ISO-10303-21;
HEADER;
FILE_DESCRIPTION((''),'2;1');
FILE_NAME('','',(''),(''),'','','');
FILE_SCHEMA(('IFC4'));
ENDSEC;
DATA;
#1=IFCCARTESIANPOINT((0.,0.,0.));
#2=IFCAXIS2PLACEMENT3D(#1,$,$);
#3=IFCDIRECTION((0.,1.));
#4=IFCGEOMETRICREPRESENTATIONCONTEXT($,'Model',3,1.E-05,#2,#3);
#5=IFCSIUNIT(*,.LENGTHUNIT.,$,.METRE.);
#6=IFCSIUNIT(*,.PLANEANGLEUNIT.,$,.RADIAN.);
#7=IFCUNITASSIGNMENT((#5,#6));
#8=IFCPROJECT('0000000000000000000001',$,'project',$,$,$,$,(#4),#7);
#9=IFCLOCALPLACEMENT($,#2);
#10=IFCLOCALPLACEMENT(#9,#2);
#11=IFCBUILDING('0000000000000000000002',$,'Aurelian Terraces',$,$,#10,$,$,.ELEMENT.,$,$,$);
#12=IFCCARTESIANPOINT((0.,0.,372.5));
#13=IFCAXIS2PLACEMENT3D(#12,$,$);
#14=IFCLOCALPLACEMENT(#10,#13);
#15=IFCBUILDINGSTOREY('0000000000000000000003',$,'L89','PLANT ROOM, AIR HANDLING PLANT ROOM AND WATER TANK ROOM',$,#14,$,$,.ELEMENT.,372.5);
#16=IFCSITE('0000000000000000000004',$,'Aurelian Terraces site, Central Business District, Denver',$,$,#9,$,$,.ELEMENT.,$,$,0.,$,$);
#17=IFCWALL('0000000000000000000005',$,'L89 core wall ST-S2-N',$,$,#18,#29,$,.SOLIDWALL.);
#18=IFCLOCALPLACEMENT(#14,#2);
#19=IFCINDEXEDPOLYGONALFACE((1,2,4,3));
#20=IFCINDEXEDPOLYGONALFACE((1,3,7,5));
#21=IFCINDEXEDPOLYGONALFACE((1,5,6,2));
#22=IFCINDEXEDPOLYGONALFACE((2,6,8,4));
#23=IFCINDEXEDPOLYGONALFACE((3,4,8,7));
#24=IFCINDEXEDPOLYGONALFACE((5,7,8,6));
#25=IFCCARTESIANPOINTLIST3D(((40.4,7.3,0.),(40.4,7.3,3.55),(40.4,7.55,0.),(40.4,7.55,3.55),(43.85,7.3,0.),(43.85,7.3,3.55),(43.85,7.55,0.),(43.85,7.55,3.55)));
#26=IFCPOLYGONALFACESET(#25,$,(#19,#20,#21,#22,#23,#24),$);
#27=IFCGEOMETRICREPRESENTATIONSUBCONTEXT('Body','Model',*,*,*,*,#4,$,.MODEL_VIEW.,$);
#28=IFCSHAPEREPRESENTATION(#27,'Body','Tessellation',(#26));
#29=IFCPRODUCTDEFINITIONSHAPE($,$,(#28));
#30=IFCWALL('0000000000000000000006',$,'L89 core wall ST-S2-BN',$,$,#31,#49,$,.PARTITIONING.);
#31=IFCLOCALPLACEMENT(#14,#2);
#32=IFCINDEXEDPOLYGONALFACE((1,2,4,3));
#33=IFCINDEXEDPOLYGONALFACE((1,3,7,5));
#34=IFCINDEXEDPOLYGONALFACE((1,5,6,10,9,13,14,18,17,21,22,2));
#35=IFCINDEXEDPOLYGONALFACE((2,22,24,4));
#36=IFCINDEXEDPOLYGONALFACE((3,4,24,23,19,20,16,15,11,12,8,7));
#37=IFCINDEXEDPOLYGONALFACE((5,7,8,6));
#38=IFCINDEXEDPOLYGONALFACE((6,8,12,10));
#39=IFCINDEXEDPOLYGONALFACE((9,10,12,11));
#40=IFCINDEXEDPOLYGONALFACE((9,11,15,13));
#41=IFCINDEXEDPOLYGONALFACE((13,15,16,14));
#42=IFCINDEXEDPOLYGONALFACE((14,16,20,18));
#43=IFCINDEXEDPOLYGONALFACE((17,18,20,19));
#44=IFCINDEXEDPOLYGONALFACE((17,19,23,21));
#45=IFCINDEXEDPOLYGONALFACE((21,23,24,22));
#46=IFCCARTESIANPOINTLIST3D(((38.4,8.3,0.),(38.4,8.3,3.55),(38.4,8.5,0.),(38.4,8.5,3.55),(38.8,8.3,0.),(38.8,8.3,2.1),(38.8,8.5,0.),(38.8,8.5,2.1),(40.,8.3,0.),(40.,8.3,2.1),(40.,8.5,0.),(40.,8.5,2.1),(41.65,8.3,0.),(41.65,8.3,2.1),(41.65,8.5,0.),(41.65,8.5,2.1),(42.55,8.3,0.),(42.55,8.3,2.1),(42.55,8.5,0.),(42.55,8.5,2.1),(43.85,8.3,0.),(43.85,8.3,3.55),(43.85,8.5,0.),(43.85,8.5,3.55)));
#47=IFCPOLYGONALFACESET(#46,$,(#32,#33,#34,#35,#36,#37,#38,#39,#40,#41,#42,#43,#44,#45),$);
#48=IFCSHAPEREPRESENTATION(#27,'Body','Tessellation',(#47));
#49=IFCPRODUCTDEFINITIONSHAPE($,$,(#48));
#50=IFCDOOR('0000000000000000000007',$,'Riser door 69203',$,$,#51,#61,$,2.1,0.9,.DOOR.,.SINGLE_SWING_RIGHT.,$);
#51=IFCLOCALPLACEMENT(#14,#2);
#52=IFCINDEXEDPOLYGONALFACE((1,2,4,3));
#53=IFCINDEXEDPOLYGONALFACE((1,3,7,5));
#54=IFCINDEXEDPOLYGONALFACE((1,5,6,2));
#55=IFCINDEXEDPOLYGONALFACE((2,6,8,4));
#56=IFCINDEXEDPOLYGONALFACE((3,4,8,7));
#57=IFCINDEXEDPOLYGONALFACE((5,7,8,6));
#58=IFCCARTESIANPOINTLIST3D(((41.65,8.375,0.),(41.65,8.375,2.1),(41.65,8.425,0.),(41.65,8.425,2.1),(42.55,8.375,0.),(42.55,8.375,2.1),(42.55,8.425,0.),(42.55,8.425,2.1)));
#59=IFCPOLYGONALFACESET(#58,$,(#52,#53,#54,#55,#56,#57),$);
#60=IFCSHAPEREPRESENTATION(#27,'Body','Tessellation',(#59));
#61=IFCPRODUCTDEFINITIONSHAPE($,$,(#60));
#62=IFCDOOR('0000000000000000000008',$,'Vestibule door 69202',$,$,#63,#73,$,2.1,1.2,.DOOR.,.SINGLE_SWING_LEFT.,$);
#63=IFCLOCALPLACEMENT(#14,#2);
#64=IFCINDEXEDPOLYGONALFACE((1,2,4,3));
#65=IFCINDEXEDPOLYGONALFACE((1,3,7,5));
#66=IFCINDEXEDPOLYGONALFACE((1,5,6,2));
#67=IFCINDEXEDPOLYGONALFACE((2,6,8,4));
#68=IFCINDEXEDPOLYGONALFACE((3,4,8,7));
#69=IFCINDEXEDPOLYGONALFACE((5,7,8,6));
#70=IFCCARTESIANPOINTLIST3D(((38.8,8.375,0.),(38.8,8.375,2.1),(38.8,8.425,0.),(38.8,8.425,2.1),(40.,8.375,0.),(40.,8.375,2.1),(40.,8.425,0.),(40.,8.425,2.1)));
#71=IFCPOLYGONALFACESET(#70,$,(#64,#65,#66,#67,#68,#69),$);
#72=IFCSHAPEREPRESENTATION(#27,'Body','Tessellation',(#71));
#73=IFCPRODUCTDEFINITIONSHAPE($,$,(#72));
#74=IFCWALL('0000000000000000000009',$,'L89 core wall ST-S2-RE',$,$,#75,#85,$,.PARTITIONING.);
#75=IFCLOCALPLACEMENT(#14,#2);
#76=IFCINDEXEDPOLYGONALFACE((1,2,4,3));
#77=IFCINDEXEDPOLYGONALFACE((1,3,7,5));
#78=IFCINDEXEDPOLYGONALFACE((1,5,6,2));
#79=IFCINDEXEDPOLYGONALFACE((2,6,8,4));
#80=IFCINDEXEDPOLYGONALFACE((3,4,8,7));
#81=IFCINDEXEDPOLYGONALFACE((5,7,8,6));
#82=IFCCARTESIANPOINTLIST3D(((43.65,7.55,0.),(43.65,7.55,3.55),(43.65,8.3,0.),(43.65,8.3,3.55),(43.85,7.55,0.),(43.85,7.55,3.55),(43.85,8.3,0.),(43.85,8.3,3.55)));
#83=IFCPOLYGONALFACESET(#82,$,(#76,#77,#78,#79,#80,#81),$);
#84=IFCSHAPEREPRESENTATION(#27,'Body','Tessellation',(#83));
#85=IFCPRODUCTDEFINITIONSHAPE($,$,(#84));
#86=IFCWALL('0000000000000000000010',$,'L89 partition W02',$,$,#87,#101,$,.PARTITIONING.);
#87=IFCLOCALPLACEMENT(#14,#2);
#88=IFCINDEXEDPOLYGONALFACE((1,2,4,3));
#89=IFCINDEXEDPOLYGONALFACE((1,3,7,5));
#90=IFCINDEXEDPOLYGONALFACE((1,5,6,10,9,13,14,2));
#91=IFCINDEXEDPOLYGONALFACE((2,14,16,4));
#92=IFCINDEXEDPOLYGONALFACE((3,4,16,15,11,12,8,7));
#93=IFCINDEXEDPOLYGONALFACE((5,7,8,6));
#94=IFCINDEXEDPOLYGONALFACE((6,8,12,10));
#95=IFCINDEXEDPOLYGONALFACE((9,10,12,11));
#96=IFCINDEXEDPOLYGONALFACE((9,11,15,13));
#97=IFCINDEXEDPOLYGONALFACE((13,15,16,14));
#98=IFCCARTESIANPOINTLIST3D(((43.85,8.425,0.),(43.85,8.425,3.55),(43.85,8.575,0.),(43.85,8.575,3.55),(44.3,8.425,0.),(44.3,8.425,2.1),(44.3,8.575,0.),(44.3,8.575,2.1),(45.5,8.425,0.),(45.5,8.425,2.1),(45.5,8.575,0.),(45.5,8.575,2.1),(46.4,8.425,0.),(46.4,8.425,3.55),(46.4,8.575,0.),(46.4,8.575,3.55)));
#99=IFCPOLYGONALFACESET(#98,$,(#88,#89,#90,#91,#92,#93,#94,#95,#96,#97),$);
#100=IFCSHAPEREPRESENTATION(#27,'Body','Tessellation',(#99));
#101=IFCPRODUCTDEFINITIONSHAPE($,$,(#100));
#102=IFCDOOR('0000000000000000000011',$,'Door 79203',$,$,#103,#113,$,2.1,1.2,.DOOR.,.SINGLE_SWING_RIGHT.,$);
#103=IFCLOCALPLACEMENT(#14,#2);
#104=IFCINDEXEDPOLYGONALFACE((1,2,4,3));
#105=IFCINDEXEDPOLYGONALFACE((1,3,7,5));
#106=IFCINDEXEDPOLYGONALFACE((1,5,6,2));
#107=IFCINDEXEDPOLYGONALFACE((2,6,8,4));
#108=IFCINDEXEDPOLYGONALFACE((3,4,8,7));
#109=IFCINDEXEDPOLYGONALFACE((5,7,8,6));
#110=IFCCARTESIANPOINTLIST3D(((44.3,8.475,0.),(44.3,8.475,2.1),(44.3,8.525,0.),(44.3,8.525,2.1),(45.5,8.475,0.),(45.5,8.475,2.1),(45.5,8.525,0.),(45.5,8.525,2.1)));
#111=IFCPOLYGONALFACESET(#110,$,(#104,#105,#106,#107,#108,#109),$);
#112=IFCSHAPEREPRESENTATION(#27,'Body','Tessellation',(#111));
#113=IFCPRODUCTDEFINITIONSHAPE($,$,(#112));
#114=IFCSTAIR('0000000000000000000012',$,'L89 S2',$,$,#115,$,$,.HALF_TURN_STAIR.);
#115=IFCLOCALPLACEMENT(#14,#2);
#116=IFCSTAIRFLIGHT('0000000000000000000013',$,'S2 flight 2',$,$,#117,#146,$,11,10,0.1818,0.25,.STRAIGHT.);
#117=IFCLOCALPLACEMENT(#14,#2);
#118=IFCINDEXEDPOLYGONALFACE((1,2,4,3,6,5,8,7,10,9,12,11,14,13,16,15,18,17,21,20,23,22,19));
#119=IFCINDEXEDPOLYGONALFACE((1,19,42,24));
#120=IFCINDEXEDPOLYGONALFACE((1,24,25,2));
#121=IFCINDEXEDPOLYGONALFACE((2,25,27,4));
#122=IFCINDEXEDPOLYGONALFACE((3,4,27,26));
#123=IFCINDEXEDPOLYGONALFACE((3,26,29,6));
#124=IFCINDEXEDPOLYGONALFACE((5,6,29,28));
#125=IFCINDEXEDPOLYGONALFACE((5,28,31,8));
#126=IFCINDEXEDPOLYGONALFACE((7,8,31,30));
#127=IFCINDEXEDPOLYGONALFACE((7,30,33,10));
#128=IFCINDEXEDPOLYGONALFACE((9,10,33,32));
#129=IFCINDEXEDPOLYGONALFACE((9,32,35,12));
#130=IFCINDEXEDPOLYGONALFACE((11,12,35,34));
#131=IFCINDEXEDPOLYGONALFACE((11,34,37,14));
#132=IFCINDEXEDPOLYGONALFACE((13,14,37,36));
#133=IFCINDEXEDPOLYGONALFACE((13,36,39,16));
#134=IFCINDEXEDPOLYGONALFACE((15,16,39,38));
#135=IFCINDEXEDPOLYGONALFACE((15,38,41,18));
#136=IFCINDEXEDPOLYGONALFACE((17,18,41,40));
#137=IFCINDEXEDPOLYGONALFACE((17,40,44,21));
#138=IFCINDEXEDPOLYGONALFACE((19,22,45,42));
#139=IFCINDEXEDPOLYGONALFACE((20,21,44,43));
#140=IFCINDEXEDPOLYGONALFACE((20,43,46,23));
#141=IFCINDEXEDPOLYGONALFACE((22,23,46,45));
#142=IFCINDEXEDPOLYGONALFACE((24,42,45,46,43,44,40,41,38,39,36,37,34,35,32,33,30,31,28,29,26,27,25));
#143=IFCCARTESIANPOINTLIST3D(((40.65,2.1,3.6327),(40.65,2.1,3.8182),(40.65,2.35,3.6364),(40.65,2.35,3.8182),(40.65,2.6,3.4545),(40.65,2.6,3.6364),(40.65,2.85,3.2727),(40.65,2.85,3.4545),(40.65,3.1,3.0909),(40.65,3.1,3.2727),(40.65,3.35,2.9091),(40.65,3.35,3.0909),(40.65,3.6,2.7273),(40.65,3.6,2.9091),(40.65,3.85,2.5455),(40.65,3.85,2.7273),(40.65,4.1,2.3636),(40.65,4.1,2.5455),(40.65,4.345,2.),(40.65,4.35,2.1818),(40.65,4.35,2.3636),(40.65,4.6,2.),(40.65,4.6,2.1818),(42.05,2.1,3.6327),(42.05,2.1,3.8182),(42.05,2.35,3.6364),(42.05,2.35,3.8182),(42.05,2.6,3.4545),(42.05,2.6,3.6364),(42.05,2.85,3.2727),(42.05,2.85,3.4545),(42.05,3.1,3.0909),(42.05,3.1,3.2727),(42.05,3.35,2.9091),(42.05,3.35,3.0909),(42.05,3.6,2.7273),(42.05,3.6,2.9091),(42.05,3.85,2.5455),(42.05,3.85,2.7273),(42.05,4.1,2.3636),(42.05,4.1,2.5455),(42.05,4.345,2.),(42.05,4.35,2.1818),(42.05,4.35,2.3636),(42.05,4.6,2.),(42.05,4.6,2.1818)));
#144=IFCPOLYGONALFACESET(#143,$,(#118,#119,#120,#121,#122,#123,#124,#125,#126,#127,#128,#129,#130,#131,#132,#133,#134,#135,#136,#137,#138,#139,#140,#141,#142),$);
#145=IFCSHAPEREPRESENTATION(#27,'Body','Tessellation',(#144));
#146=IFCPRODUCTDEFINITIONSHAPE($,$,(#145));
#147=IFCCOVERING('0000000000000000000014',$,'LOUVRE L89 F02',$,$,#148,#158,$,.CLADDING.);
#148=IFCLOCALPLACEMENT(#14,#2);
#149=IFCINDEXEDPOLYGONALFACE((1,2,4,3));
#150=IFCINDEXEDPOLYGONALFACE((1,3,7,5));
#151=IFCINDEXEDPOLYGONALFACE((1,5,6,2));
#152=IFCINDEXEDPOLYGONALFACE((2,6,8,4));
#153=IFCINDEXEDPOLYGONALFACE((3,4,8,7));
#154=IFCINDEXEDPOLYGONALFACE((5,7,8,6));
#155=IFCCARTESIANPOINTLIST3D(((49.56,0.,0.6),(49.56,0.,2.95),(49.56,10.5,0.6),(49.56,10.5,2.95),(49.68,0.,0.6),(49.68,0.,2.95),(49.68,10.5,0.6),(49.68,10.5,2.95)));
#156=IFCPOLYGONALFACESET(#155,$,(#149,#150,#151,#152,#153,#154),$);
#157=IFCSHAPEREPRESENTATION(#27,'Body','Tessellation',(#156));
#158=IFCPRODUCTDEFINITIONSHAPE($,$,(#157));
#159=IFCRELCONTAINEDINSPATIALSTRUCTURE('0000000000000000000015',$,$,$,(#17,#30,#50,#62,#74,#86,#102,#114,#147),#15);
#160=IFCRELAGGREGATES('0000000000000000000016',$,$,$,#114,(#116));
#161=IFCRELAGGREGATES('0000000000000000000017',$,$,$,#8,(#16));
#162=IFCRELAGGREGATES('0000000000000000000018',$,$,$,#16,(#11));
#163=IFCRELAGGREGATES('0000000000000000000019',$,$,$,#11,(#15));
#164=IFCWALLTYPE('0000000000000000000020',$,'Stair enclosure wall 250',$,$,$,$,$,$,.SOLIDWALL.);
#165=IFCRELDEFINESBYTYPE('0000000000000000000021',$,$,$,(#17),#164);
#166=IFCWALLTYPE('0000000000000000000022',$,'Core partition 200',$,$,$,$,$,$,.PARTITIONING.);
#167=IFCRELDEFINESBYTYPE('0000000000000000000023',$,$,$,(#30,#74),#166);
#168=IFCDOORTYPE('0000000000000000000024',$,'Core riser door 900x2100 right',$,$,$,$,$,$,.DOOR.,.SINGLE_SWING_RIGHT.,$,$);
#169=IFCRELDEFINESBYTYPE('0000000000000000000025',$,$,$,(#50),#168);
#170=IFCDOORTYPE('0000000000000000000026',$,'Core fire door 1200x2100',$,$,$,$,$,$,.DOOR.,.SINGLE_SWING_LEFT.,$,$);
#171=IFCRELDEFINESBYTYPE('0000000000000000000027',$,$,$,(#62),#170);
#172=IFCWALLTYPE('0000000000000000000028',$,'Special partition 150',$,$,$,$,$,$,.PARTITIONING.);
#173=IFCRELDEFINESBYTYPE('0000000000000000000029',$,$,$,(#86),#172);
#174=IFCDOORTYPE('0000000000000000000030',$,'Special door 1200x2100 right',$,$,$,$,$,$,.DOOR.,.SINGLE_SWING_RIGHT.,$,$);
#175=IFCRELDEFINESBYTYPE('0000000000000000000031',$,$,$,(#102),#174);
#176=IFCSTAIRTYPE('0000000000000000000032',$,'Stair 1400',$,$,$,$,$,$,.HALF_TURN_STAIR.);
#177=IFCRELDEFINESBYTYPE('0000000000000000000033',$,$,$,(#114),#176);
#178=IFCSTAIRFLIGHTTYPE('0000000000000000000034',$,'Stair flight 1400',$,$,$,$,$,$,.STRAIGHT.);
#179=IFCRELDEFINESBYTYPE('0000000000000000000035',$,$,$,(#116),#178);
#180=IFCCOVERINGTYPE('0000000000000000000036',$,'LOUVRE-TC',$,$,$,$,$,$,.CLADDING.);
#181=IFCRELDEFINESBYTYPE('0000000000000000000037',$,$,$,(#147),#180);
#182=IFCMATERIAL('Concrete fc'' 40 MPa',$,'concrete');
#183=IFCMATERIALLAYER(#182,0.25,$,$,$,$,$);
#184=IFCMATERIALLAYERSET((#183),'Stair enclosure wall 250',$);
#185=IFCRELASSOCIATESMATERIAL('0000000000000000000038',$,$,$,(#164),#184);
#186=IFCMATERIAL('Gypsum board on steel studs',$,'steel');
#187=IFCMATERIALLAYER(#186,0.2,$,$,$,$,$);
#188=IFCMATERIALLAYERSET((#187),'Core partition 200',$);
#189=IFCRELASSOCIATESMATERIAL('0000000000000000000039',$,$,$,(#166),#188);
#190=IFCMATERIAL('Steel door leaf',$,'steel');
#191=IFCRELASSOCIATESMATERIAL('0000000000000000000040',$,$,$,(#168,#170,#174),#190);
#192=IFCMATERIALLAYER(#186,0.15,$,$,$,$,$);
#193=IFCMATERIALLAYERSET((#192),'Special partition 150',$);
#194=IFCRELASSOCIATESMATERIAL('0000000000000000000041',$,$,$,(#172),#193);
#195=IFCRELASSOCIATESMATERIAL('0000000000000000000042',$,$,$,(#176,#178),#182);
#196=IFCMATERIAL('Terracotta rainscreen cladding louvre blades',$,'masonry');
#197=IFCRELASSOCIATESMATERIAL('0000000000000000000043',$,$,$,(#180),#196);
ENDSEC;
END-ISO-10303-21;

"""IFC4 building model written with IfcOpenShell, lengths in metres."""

from ifc_helpers import new_model, si_unit, direction, frame, frame_2d, origin, origin_2d, place, context, subcontext, project, spatial, polyline, rectangle, outline, extrude, source, transform, mapped, material, layer, layer_set, type_object, element, fill, aggregate, save


model = new_model("IFC4")

# Units and contexts
model_context = context("Model", 3, precision=1e-05, world=origin(), true_north=direction((0.0, 1.0)))
body_context = subcontext(model_context, "Body", "Model", "MODEL_VIEW")
ifc_project = project(units=[si_unit("LENGTHUNIT", "METRE"), si_unit("PLANEANGLEUNIT", "RADIAN")], contexts=[model_context])

# Site, building, storey
site_placement = place(None, origin())
site = spatial("IfcSite", under=ifc_project, at=site_placement, Name="Aurelian Terraces site, Central Business District, Denver", CompositionType="ELEMENT", RefElevation=0.0)
building_placement = place(site_placement, origin())
building = spatial("IfcBuilding", under=site, at=building_placement, Name="Aurelian Terraces", CompositionType="ELEMENT")
storey_placement = place(building_placement, frame((0.0, 0.0, 372.5)))
storey = spatial("IfcBuildingStorey", under=building, at=storey_placement, Name="L89", Description="PLANT ROOM, AIR HANDLING PLANT ROOM AND WATER TANK ROOM", CompositionType="ELEMENT", Elevation=372.5)

# Shared definitions
ifc_material_1 = material(Name="Concrete fc' 40 MPa", Category="concrete")

# Wall
ifc_layer_1 = layer(ifc_material_1, 0.25)
ifc_layer_set_1 = layer_set([ifc_layer_1], Name="Stair enclosure wall 250")
wall_type_1 = type_object("IfcWallType", Name="Stair enclosure wall 250", PredefinedType="SOLIDWALL", material=ifc_layer_set_1)
shared_shape_1 = source(origin(), body_context, "Body", "SweptSolid", [
    extrude(rectangle(XDim=3.45, YDim=0.25, at=frame_2d((1.725, 0.0))), origin(), (0.0, 0.0, 1.0), 3.55),
])
wall_1_placement = place(storey_placement, frame((40.4, 7.425, 0.0), z_axis=(0.0, 0.0, 1.0), x_axis=(1.0, 0.0, 0.0)))
element("IfcWall", 1, at=wall_1_placement, inside=storey, type_object=wall_type_1, Name="L89 core wall ST-S2-N", PredefinedType="SOLIDWALL", context=body_context, shape_type="MappedRepresentation", body=[
    mapped(shared_shape_1, transform((0.0, 0.0, 0.0), scale=1.0)),
])

# Wall, openings, doors
ifc_material_2 = material(Name="Gypsum board on steel studs", Category="steel")
ifc_layer_2 = layer(ifc_material_2, 0.2)
ifc_layer_set_2 = layer_set([ifc_layer_2], Name="Core partition 200")
wall_type_2 = type_object("IfcWallType", Name="Core partition 200", PredefinedType="PARTITIONING", material=ifc_layer_set_2)
shared_shape_2 = source(origin(), body_context, "Body", "SweptSolid", [
    extrude(rectangle(XDim=5.45, YDim=0.2, at=frame_2d((2.725, 0.0))), origin(), (0.0, 0.0, 1.0), 3.55),
])
wall_2_placement = place(storey_placement, frame((38.4, 8.4, 0.0), z_axis=(0.0, 0.0, 1.0), x_axis=(1.0, 0.0, 0.0)))
wall_2 = element("IfcWall", 2, at=wall_2_placement, inside=storey, type_object=wall_type_2, Name="L89 core wall ST-S2-BN", PredefinedType="PARTITIONING", context=body_context, shape_type="MappedRepresentation", body=[
    mapped(shared_shape_2, transform((0.0, 0.0, 0.0), scale=1.0)),
])
shared_shape_3 = source(origin(), body_context, "Body", "SweptSolid", [
    extrude(rectangle(XDim=1.2, YDim=2.1, at=frame_2d((0.6, 1.05))), frame((0.0, 0.11, 0.0), z_axis=(0.0, -1.0, 0.0), x_axis=(1.0, 0.0, 0.0)), (0.0, 0.0, 1.0), 0.22),
])
opening_1_placement = place(wall_2_placement, frame((0.4, 0.0, 0.0)))
opening_1 = element("IfcOpeningElement", 3, at=opening_1_placement, cuts=wall_2, PredefinedType="OPENING", context=body_context, shape_type="MappedRepresentation", body=[
    mapped(shared_shape_3, transform((0.0, 0.0, 0.0), scale=1.0)),
])
shared_shape_4 = source(origin(), body_context, "Body", "SweptSolid", [
    extrude(rectangle(XDim=0.9, YDim=2.1, at=frame_2d((0.45, 1.05))), frame((0.0, 0.11, 0.0), z_axis=(0.0, -1.0, 0.0), x_axis=(1.0, 0.0, 0.0)), (0.0, 0.0, 1.0), 0.22),
])
opening_2_placement = place(wall_2_placement, frame((3.25, 0.0, 0.0)))
opening_2 = element("IfcOpeningElement", 4, at=opening_2_placement, cuts=wall_2, PredefinedType="OPENING", context=body_context, shape_type="MappedRepresentation", body=[
    mapped(shared_shape_4, transform((0.0, 0.0, 0.0), scale=1.0)),
])
ifc_material_3 = material(Name="Steel door leaf", Category="steel")
door_type_1 = type_object("IfcDoorType", Name="Core riser door 900x2100 right", OperationType="SINGLE_SWING_RIGHT", PredefinedType="DOOR", material=ifc_material_3)
shared_shape_5 = source(origin(), body_context, "Body", "SweptSolid", [
    extrude(rectangle(XDim=0.9, YDim=2.1, at=frame_2d((0.45, 1.05))), frame((0.0, 0.025, 0.0), z_axis=(0.0, -1.0, 0.0), x_axis=(1.0, 0.0, 0.0)), (0.0, 0.0, 1.0), 0.05),
])
door_1_placement = place(opening_2_placement, origin())
door_1 = element("IfcDoor", 5, at=door_1_placement, inside=storey, type_object=door_type_1, Name="Riser door 69203", OperationType="SINGLE_SWING_RIGHT", OverallHeight=2.1, OverallWidth=0.9, PredefinedType="DOOR", context=body_context, shape_type="MappedRepresentation", body=[
    mapped(shared_shape_5, transform((0.0, 0.0, 0.0), scale=1.0)),
])
fill(opening_2, door_1)
door_type_2 = type_object("IfcDoorType", Name="Core fire door 1200x2100", OperationType="SINGLE_SWING_LEFT", PredefinedType="DOOR", material=ifc_material_3)
shared_shape_6 = source(origin(), body_context, "Body", "SweptSolid", [
    extrude(rectangle(XDim=1.2, YDim=2.1, at=frame_2d((0.6, 1.05))), frame((0.0, 0.025, 0.0), z_axis=(0.0, -1.0, 0.0), x_axis=(1.0, 0.0, 0.0)), (0.0, 0.0, 1.0), 0.05),
])
door_2_placement = place(opening_1_placement, origin())
door_2 = element("IfcDoor", 6, at=door_2_placement, inside=storey, type_object=door_type_2, Name="Vestibule door 69202", OperationType="SINGLE_SWING_LEFT", OverallHeight=2.1, OverallWidth=1.2, PredefinedType="DOOR", context=body_context, shape_type="MappedRepresentation", body=[
    mapped(shared_shape_6, transform((0.0, 0.0, 0.0), scale=1.0)),
])
fill(opening_1, door_2)

# Wall
shared_shape_7 = source(origin(), body_context, "Body", "SweptSolid", [
    extrude(rectangle(XDim=0.75, YDim=0.2, at=frame_2d((0.375, 0.0))), origin(), (0.0, 0.0, 1.0), 3.55),
])
wall_3_placement = place(storey_placement, frame((43.75, 7.55, 0.0), z_axis=(0.0, 0.0, 1.0), x_axis=(0.0, 1.0, 0.0)))
element("IfcWall", 7, at=wall_3_placement, inside=storey, type_object=wall_type_2, Name="L89 core wall ST-S2-RE", PredefinedType="PARTITIONING", context=body_context, shape_type="MappedRepresentation", body=[
    mapped(shared_shape_7, transform((0.0, 0.0, 0.0), scale=1.0)),
])

# Wall, opening, door
ifc_layer_3 = layer(ifc_material_2, 0.15)
ifc_layer_set_3 = layer_set([ifc_layer_3], Name="Special partition 150")
wall_type_3 = type_object("IfcWallType", Name="Special partition 150", PredefinedType="PARTITIONING", material=ifc_layer_set_3)
shared_shape_8 = source(origin(), body_context, "Body", "SweptSolid", [
    extrude(rectangle(XDim=2.55, YDim=0.15, at=frame_2d((1.275, 0.0))), origin(), (0.0, 0.0, 1.0), 3.55),
])
wall_4_placement = place(storey_placement, frame((43.85, 8.5, 0.0), z_axis=(0.0, 0.0, 1.0), x_axis=(1.0, 0.0, 0.0)))
wall_4 = element("IfcWall", 8, at=wall_4_placement, inside=storey, type_object=wall_type_3, Name="L89 partition W02", PredefinedType="PARTITIONING", context=body_context, shape_type="MappedRepresentation", body=[
    mapped(shared_shape_8, transform((0.0, 0.0, 0.0), scale=1.0)),
])
shared_shape_9 = source(origin(), body_context, "Body", "SweptSolid", [
    extrude(rectangle(XDim=1.2, YDim=2.1, at=frame_2d((0.6, 1.05))), frame((0.0, 0.085, 0.0), z_axis=(0.0, -1.0, 0.0), x_axis=(1.0, 0.0, 0.0)), (0.0, 0.0, 1.0), 0.17),
])
opening_3_placement = place(wall_4_placement, frame((0.45, 0.0, 0.0)))
opening_3 = element("IfcOpeningElement", 9, at=opening_3_placement, cuts=wall_4, PredefinedType="OPENING", context=body_context, shape_type="MappedRepresentation", body=[
    mapped(shared_shape_9, transform((0.0, 0.0, 0.0), scale=1.0)),
])
door_type_3 = type_object("IfcDoorType", Name="Special door 1200x2100 right", OperationType="SINGLE_SWING_RIGHT", PredefinedType="DOOR", material=ifc_material_3)
door_3_placement = place(opening_3_placement, origin())
door_3 = element("IfcDoor", 10, at=door_3_placement, inside=storey, type_object=door_type_3, Name="Door 79203", OperationType="SINGLE_SWING_RIGHT", OverallHeight=2.1, OverallWidth=1.2, PredefinedType="DOOR", context=body_context, shape_type="MappedRepresentation", body=[
    mapped(shared_shape_6, transform((0.0, 0.0, 0.0), scale=1.0)),
])
fill(opening_3, door_3)

# Stair, stair flight
stair_type = type_object("IfcStairType", Name="Stair 1400", PredefinedType="HALF_TURN_STAIR", material=ifc_material_1)
stair_placement = place(storey_placement, origin())
stair = element("IfcStair", 11, at=stair_placement, inside=storey, type_object=stair_type, Name="L89 S2", PredefinedType="HALF_TURN_STAIR")
stair_flight_type = type_object("IfcStairFlightType", Name="Stair flight 1400", PredefinedType="STRAIGHT", material=ifc_material_1)
shared_shape_10 = source(origin(), body_context, "Body", "SweptSolid", [
    extrude(outline(polyline([(0.0, 0.0), (0.0, 0.1818), (0.25, 0.1818), (0.25, 0.3636), (0.5, 0.3636), (0.5, 0.5455), (0.75, 0.5455), (0.75, 0.7273), (1.0, 0.7273), (1.0, 0.9091), (1.25, 0.9091), (1.25, 1.0909), (1.5, 1.0909), (1.5, 1.2727), (1.75, 1.2727), (1.75, 1.4545), (2.0, 1.4545), (2.0, 1.6364), (2.25, 1.6364), (2.25, 1.8182), (2.5, 1.8182), (2.5, 2.0), (2.5, 1.6327), (0.255, 0.0), (0.0, 0.0)])), frame((0.0, 0.7, 0.0), z_axis=(0.0, -1.0, 0.0), x_axis=(1.0, 0.0, 0.0)), (0.0, 0.0, 1.0), 1.4),
])
stair_flight_placement = place(storey_placement, frame((41.35, 4.6, 2.0), z_axis=(0.0, 0.0, 1.0), x_axis=(0.0, -1.0, 0.0)))
stair_flight = element("IfcStairFlight", 12, at=stair_flight_placement, type_object=stair_flight_type, Name="S2 flight 2", NumberOfRisers=11, NumberOfTreads=10, PredefinedType="STRAIGHT", RiserHeight=0.1818, TreadLength=0.25, context=body_context, shape_type="MappedRepresentation", body=[
    mapped(shared_shape_10, transform((0.0, 0.0, 0.0), scale=1.0)),
])
aggregate(stair, [stair_flight])

# Covering
ifc_material_4 = material(Name="Terracotta rainscreen cladding louvre blades", Category="masonry")
covering_type_1 = type_object("IfcCoveringType", Name="LOUVRE-TC", PredefinedType="CLADDING", material=ifc_material_4)
covering_1_placement = place(storey_placement, frame((49.62, 5.25, 0.6), z_axis=(0.0, 0.0, 1.0), x_axis=(1.0, 0.0, 0.0)))
element("IfcCovering", 13, at=covering_1_placement, inside=storey, type_object=covering_type_1, Name="LOUVRE L89 F02", PredefinedType="CLADDING", context=body_context, shape_type="SweptSolid", body=[
    extrude(rectangle(XDim=0.12, YDim=10.5, at=origin_2d()), origin(), (0.0, 0.0, 1.0), 2.35),
])

save(model, "model.ifc")
